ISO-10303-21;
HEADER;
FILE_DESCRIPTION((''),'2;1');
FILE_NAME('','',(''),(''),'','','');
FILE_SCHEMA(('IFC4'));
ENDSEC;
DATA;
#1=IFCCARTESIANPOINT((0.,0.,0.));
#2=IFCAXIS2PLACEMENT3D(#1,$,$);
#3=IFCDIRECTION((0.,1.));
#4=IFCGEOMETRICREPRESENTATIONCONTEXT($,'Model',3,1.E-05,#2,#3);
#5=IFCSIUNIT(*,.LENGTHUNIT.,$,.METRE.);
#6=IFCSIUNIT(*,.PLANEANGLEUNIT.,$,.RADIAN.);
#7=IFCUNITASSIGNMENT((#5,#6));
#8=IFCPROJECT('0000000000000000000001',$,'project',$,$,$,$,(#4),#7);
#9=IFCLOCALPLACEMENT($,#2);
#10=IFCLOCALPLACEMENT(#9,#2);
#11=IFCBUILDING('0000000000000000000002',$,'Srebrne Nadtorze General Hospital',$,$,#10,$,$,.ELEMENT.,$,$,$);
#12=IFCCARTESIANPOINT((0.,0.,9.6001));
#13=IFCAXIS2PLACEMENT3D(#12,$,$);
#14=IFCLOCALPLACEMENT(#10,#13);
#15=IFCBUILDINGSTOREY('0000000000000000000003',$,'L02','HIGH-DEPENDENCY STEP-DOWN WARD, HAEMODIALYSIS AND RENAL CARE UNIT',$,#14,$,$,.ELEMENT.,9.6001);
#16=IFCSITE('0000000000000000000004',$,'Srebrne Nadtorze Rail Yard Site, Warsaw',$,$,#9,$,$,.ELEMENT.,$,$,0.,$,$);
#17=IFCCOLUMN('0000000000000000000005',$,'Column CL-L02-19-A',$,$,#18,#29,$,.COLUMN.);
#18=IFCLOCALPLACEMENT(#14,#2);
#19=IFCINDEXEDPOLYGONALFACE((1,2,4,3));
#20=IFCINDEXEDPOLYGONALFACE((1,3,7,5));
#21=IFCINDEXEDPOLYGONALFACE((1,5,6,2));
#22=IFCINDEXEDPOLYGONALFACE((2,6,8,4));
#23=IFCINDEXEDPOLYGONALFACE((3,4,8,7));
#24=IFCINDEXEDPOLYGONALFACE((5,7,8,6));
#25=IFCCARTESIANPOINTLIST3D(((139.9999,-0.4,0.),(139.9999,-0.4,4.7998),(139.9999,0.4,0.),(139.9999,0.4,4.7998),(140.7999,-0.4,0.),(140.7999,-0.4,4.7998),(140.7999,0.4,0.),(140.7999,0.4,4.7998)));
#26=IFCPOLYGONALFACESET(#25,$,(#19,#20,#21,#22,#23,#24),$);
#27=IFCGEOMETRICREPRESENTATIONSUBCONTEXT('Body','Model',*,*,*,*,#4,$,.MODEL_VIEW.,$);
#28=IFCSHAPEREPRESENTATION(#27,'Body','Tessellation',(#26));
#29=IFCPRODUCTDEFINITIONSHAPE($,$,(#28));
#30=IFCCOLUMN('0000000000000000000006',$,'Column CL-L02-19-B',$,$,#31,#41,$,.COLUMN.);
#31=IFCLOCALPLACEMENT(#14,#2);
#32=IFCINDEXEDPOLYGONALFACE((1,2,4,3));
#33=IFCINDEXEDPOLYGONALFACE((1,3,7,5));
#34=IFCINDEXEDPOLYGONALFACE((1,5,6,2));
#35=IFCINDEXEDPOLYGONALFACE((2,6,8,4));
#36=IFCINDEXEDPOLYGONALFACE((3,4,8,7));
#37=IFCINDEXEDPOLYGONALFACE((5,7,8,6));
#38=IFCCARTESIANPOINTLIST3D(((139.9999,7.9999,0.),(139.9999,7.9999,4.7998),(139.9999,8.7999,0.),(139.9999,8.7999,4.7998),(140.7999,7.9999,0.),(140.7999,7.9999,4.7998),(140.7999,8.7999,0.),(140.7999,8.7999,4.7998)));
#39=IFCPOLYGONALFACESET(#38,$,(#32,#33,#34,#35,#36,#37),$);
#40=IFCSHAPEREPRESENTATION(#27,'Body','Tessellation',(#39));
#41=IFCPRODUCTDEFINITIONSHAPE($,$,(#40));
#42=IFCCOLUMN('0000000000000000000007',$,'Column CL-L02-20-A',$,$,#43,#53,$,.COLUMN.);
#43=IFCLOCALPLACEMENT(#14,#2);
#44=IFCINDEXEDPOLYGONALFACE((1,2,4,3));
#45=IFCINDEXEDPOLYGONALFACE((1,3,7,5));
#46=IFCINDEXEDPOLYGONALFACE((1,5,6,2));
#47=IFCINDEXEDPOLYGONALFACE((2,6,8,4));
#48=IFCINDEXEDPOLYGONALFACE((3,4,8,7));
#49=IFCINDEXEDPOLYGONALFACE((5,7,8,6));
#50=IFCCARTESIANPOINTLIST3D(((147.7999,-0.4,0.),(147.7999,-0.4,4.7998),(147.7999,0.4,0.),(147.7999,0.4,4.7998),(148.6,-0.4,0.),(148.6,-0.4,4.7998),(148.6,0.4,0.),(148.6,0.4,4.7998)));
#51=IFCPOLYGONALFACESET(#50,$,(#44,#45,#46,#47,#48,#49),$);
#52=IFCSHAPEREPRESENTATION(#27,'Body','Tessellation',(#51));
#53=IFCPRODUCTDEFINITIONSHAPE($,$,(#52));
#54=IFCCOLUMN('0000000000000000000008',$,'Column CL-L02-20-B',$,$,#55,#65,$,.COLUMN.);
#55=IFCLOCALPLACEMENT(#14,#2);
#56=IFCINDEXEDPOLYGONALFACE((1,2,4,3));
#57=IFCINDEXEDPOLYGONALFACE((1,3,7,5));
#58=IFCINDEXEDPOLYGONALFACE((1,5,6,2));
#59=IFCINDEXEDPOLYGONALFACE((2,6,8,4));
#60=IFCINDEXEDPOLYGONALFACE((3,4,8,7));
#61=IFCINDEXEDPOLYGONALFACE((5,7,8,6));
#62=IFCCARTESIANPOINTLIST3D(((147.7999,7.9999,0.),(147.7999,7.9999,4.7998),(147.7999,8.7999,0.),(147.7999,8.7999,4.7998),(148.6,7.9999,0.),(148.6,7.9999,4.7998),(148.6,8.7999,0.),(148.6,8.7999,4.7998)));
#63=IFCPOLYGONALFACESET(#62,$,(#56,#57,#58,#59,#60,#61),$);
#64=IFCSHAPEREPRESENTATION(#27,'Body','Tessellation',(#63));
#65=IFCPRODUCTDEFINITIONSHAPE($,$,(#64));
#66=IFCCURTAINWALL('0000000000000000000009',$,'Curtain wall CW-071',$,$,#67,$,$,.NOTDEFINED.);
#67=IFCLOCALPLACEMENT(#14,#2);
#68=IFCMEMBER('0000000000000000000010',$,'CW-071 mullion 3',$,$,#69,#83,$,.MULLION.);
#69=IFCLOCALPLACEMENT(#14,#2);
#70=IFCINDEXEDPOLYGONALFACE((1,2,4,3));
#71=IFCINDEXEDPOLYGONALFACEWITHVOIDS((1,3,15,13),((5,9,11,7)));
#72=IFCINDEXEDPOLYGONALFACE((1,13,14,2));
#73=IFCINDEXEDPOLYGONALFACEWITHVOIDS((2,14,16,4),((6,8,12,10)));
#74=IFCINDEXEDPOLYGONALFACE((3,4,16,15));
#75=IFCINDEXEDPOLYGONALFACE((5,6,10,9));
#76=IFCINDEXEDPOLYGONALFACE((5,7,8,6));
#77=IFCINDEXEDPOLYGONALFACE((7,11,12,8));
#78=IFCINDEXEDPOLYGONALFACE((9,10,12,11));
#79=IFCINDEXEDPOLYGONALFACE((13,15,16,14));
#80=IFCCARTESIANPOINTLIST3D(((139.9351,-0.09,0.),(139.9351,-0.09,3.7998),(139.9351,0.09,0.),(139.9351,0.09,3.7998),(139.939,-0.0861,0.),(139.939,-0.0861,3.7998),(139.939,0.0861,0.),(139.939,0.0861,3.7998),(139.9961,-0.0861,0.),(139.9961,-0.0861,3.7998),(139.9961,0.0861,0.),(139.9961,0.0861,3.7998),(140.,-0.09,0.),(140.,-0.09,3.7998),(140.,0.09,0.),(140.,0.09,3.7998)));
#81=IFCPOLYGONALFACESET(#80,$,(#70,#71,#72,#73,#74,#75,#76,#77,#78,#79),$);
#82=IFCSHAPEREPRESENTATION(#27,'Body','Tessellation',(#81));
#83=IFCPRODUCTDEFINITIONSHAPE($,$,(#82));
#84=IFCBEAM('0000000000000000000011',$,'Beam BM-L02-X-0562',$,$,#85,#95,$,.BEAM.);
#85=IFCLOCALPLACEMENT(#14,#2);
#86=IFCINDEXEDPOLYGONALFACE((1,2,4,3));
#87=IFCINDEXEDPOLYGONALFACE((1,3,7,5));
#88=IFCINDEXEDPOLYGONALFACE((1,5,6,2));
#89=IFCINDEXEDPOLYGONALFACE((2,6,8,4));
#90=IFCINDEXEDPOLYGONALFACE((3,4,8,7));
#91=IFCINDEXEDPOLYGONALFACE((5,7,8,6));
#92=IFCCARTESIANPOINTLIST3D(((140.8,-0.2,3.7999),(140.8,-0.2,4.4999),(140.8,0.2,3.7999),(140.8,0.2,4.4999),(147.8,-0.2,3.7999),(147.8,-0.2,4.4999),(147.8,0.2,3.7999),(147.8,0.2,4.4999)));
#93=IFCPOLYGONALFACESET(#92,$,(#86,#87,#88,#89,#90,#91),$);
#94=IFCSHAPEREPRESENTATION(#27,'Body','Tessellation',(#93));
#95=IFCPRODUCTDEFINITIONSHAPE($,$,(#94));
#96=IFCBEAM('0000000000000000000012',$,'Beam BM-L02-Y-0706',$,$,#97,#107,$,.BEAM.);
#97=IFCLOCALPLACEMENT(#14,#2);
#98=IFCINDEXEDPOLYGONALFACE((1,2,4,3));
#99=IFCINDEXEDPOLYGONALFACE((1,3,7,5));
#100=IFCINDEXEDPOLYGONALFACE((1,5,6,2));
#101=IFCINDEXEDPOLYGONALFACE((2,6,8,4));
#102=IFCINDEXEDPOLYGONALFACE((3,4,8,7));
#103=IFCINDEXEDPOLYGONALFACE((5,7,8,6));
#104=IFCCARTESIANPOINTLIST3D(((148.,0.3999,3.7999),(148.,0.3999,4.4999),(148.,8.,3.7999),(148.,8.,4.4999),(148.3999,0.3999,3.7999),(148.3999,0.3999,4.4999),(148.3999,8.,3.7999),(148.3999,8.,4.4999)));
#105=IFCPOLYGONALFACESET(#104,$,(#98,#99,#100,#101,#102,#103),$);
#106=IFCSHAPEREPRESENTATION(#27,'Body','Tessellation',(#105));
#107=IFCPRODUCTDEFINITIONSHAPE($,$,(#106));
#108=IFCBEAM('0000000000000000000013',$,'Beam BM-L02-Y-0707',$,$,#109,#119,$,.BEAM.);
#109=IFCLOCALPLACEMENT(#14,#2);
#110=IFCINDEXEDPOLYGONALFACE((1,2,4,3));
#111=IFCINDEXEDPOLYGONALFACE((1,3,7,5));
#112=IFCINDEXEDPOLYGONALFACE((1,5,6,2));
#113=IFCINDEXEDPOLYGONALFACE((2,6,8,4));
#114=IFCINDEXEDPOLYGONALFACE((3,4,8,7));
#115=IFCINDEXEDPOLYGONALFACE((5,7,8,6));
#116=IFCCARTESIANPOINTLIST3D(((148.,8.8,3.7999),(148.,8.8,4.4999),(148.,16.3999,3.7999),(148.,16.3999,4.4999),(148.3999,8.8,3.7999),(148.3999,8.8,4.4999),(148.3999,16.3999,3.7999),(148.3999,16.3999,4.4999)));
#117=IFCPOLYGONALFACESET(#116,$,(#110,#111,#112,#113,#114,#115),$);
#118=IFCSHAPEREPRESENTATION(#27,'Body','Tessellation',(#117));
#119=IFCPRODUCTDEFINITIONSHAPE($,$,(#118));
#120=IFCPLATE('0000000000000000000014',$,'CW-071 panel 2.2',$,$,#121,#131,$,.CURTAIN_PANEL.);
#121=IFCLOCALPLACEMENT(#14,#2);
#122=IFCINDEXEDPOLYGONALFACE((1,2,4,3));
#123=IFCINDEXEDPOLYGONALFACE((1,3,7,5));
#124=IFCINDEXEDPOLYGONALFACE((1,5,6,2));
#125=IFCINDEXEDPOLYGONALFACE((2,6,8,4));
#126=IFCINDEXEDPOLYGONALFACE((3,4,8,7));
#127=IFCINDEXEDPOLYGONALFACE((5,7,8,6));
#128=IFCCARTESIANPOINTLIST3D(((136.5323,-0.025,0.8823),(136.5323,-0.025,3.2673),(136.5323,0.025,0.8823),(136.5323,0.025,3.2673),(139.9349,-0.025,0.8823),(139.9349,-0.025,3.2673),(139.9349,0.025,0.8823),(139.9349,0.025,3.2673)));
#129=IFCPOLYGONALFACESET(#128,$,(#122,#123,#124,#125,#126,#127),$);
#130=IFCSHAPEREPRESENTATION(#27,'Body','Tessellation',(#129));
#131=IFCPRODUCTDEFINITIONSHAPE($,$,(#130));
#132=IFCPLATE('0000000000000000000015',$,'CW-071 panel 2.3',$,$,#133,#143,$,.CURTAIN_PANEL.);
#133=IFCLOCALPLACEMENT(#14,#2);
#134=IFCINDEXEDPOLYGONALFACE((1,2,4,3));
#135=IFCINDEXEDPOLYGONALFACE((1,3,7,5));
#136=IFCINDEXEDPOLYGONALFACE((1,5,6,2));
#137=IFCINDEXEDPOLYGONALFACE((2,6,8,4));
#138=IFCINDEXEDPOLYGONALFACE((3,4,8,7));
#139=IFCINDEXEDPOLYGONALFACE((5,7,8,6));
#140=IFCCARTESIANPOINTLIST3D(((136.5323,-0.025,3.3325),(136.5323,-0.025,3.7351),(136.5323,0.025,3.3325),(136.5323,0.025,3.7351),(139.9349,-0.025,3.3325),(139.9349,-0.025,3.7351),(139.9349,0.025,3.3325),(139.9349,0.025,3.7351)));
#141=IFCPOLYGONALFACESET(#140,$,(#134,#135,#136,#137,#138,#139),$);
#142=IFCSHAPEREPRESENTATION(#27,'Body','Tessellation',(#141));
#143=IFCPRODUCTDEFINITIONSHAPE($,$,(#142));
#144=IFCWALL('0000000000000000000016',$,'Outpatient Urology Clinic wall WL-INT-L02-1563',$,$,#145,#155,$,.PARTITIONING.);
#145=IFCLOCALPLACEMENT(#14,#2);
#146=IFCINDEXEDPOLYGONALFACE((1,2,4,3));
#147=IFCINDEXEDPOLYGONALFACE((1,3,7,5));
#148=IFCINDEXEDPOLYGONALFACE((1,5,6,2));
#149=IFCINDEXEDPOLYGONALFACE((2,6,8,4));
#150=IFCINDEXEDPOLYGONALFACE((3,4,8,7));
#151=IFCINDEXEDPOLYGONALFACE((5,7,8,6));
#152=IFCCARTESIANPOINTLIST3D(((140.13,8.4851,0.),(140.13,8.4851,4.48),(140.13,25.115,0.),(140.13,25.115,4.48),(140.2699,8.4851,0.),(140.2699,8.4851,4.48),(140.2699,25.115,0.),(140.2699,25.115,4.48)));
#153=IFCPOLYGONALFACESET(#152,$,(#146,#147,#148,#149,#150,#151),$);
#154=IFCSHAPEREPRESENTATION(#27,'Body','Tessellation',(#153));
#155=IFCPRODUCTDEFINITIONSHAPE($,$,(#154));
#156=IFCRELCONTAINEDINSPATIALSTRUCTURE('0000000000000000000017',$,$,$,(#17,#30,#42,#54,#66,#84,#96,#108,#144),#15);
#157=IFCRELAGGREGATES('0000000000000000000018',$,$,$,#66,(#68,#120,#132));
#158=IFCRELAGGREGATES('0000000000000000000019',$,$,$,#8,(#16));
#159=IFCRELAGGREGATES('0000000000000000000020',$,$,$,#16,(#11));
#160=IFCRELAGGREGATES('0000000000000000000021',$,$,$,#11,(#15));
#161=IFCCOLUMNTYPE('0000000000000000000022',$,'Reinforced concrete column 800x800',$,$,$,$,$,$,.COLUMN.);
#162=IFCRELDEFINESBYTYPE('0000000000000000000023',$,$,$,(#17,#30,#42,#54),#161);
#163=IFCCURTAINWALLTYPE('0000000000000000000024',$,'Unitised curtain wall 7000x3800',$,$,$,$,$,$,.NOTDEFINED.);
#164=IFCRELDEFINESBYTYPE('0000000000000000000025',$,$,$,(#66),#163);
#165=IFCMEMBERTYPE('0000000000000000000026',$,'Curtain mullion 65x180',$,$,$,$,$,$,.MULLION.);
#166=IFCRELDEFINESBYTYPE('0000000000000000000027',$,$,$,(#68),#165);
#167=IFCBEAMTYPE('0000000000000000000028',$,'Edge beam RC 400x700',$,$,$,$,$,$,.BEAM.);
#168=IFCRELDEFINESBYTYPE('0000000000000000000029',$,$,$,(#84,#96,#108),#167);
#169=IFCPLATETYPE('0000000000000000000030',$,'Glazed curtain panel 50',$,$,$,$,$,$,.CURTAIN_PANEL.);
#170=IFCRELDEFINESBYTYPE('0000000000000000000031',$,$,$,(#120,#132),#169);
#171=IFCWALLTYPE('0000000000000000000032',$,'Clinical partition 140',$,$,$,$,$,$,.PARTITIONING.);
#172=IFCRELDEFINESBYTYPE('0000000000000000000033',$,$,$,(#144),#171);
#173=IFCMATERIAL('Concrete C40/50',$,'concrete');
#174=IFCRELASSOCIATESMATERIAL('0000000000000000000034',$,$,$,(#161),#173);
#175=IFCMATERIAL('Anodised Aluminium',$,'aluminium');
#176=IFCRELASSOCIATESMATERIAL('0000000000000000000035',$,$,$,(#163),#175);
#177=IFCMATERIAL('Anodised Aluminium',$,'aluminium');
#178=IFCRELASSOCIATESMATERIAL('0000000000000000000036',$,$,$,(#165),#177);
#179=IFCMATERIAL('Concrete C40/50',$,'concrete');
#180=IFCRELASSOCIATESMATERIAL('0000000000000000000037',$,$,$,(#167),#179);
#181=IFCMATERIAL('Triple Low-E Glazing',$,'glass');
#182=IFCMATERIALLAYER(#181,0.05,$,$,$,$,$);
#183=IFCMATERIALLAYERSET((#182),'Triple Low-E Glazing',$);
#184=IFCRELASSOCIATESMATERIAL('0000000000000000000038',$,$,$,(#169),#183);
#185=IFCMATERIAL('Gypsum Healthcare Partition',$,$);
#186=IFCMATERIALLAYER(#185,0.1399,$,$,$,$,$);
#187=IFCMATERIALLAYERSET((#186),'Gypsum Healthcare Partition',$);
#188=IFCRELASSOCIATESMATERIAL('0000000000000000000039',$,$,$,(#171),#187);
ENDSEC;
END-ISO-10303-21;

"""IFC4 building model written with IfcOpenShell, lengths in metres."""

from ifc_helpers import new_model, si_unit, direction, frame, frame_2d, origin, origin_2d, place, context, subcontext, project, spatial, rectangle, hollow_rectangle, extrude, material, layer, layer_set, material_profile, profile_set, type_object, element, aggregate, save


model = new_model("IFC4")

# Units and contexts
model_context = context("Model", 3, precision=1e-05, world=origin(), true_north=direction((0.0, 1.0)))
body_context = subcontext(model_context, "Body", "Model", "MODEL_VIEW")
ifc_project = project(units=[si_unit("LENGTHUNIT", "METRE"), si_unit("PLANEANGLEUNIT", "RADIAN")], contexts=[model_context])

# Site, building, storey
site_placement = place(None, origin())
site = spatial("IfcSite", under=ifc_project, at=site_placement, Name="Srebrne Nadtorze Rail Yard Site, Warsaw", CompositionType="ELEMENT", RefElevation=0.0)
building_placement = place(site_placement, origin())
building = spatial("IfcBuilding", under=site, at=building_placement, Name="Srebrne Nadtorze General Hospital", CompositionType="ELEMENT")
storey_placement = place(building_placement, frame((0.0, 0.0, 9.6001)))
storey = spatial("IfcBuildingStorey", under=building, at=storey_placement, Name="L02", Description="HIGH-DEPENDENCY STEP-DOWN WARD, HAEMODIALYSIS AND RENAL CARE UNIT", CompositionType="ELEMENT", Elevation=9.6001)

# Columns
ifc_material_1 = material(Name="Concrete C40/50", Category="concrete")
ifc_material_profile_1 = material_profile(ifc_material_1, rectangle(XDim=0.8, YDim=0.8, at=origin_2d()), Name="RC-COL-800x800")
ifc_profile_set_1 = profile_set([ifc_material_profile_1], Name="Concrete C40/50")
column_type = type_object("IfcColumnType", Name="Reinforced concrete column 800x800", PredefinedType="COLUMN", material=ifc_profile_set_1)
for number, where, z_axis, x_axis, name in (
    (1, (140.3999, 0.0, 0.0), (0.0, 0.0, 1.0), (1.0, 0.0, 0.0), "Column CL-L02-19-A"),
    (2, (140.3999, 8.3999, 0.0), (0.0, 0.0, 1.0), (1.0, 0.0, 0.0), "Column CL-L02-19-B"),
    (3, (148.2, 0.0, 0.0), (0.0, 0.0, 1.0), (1.0, 0.0, 0.0), "Column CL-L02-20-A"),
    (4, (148.2, 8.3999, 0.0), (0.0, 0.0, 1.0), (1.0, 0.0, 0.0), "Column CL-L02-20-B"),
):
    element("IfcColumn", number, at=place(storey_placement, frame(where, z_axis=z_axis, x_axis=x_axis)), inside=storey, type_object=column_type, Name=name, PredefinedType="COLUMN", context=body_context, shape_type="SweptSolid", body=[
        extrude(rectangle(XDim=0.8, YDim=0.8, at=origin_2d()), origin(), (0.0, 0.0, 1.0), 4.7998),
    ])

# Curtain wall, member
ifc_material_2 = material(Name="Anodised Aluminium", Category="aluminium")
curtain_wall_type = type_object("IfcCurtainWallType", Name="Unitised curtain wall 7000x3800", PredefinedType="NOTDEFINED", material=ifc_material_2)
curtain_wall_placement = place(storey_placement, origin())
curtain_wall = element("IfcCurtainWall", 5, at=curtain_wall_placement, inside=storey, type_object=curtain_wall_type, Name="Curtain wall CW-071", PredefinedType="NOTDEFINED")
ifc_material_3 = material(Name="Anodised Aluminium", Category="aluminium")
ifc_material_profile_2 = material_profile(ifc_material_3, hollow_rectangle(XDim=0.0649, YDim=0.1799, WallThickness=0.0039, at=origin_2d()), Name="AL-MUL-65x180")
ifc_profile_set_2 = profile_set([ifc_material_profile_2], Name="Anodised Aluminium")
member_type = type_object("IfcMemberType", Name="Curtain mullion 65x180", PredefinedType="MULLION", material=ifc_profile_set_2)
member_placement = place(storey_placement, frame((139.9675, 0.0, 0.0), z_axis=(0.0, 0.0, 1.0), x_axis=(1.0, 0.0, 0.0)))
member = element("IfcMember", 6, at=member_placement, type_object=member_type, Name="CW-071 mullion 3", PredefinedType="MULLION", context=body_context, shape_type="SweptSolid", body=[
    extrude(hollow_rectangle(XDim=0.0649, YDim=0.1799, WallThickness=0.0039, at=origin_2d()), origin(), (0.0, 0.0, 1.0), 3.7998),
])

# Beams
ifc_material_4 = material(Name="Concrete C40/50", Category="concrete")
ifc_material_profile_3 = material_profile(ifc_material_4, rectangle(XDim=0.3999, YDim=0.7, at=origin_2d()), Name="RC-BM-400x700")
ifc_profile_set_3 = profile_set([ifc_material_profile_3], Name="Concrete C40/50")
beam_type = type_object("IfcBeamType", Name="Edge beam RC 400x700", PredefinedType="BEAM", material=ifc_profile_set_3)
beam_1_placement = place(storey_placement, frame((140.8, 0.0, 4.1499), z_axis=(1.0, 0.0, 0.0), x_axis=(0.0, 1.0, 0.0)))
element("IfcBeam", 7, at=beam_1_placement, inside=storey, type_object=beam_type, Name="Beam BM-L02-X-0562", PredefinedType="BEAM", context=body_context, shape_type="SweptSolid", body=[
    extrude(rectangle(XDim=0.3999, YDim=0.7, at=origin_2d()), origin(), (0.0, 0.0, 1.0), 7.0),
])
beam_2_placement = place(storey_placement, frame((148.2, 0.3999, 4.1499), z_axis=(0.0, 1.0, 0.0), x_axis=(-1.0, 0.0, 0.0)))
element("IfcBeam", 8, at=beam_2_placement, inside=storey, type_object=beam_type, Name="Beam BM-L02-Y-0706", PredefinedType="BEAM", context=body_context, shape_type="SweptSolid", body=[
    extrude(rectangle(XDim=0.3999, YDim=0.7, at=origin_2d()), origin(), (0.0, 0.0, 1.0), 7.6001),
])
beam_3_placement = place(storey_placement, frame((148.2, 8.8, 4.1499), z_axis=(0.0, 1.0, 0.0), x_axis=(-1.0, 0.0, 0.0)))
element("IfcBeam", 9, at=beam_3_placement, inside=storey, type_object=beam_type, Name="Beam BM-L02-Y-0707", PredefinedType="BEAM", context=body_context, shape_type="SweptSolid", body=[
    extrude(rectangle(XDim=0.3999, YDim=0.7, at=origin_2d()), origin(), (0.0, 0.0, 1.0), 7.5999),
])

# Plates
ifc_material_5 = material(Name="Triple Low-E Glazing", Category="glass")
ifc_layer_1 = layer(ifc_material_5, 0.05)
ifc_layer_set_1 = layer_set([ifc_layer_1], Name="Triple Low-E Glazing")
plate_type = type_object("IfcPlateType", Name="Glazed curtain panel 50", PredefinedType="CURTAIN_PANEL", material=ifc_layer_set_1)
plate_1_placement = place(storey_placement, frame((138.2336, 0.0, 0.8823), z_axis=(0.0, 0.0, 1.0), x_axis=(1.0, 0.0, 0.0)))
plate_1 = element("IfcPlate", 10, at=plate_1_placement, type_object=plate_type, Name="CW-071 panel 2.2", PredefinedType="CURTAIN_PANEL", context=body_context, shape_type="SweptSolid", body=[
    extrude(rectangle(XDim=3.4026, YDim=0.05, at=origin_2d()), origin(), (0.0, 0.0, 1.0), 2.385),
])
plate_2_placement = place(storey_placement, frame((138.2336, 0.0, 3.3325), z_axis=(0.0, 0.0, 1.0), x_axis=(1.0, 0.0, 0.0)))
plate_2 = element("IfcPlate", 11, at=plate_2_placement, type_object=plate_type, Name="CW-071 panel 2.3", PredefinedType="CURTAIN_PANEL", context=body_context, shape_type="SweptSolid", body=[
    extrude(rectangle(XDim=3.4026, YDim=0.05, at=origin_2d()), origin(), (0.0, 0.0, 1.0), 0.4026),
])
aggregate(curtain_wall, [member, plate_1, plate_2])

# Wall
ifc_material_6 = material(Name="Gypsum Healthcare Partition")
ifc_layer_2 = layer(ifc_material_6, 0.1399)
ifc_layer_set_2 = layer_set([ifc_layer_2], Name="Gypsum Healthcare Partition")
wall_type_1 = type_object("IfcWallType", Name="Clinical partition 140", PredefinedType="PARTITIONING", material=ifc_layer_set_2)
wall_1_placement = place(storey_placement, frame((140.2, 8.4851, 0.0), z_axis=(0.0, 0.0, 1.0), x_axis=(0.0, 1.0, 0.0)))
element("IfcWall", 12, at=wall_1_placement, inside=storey, type_object=wall_type_1, Name="Outpatient Urology Clinic wall WL-INT-L02-1563", PredefinedType="PARTITIONING", context=body_context, shape_type="SweptSolid", body=[
    extrude(rectangle(XDim=16.6299, YDim=0.1399, at=frame_2d((8.3149, 0.0))), origin(), (0.0, 0.0, 1.0), 4.48),
])

save(model, "model.ifc")
